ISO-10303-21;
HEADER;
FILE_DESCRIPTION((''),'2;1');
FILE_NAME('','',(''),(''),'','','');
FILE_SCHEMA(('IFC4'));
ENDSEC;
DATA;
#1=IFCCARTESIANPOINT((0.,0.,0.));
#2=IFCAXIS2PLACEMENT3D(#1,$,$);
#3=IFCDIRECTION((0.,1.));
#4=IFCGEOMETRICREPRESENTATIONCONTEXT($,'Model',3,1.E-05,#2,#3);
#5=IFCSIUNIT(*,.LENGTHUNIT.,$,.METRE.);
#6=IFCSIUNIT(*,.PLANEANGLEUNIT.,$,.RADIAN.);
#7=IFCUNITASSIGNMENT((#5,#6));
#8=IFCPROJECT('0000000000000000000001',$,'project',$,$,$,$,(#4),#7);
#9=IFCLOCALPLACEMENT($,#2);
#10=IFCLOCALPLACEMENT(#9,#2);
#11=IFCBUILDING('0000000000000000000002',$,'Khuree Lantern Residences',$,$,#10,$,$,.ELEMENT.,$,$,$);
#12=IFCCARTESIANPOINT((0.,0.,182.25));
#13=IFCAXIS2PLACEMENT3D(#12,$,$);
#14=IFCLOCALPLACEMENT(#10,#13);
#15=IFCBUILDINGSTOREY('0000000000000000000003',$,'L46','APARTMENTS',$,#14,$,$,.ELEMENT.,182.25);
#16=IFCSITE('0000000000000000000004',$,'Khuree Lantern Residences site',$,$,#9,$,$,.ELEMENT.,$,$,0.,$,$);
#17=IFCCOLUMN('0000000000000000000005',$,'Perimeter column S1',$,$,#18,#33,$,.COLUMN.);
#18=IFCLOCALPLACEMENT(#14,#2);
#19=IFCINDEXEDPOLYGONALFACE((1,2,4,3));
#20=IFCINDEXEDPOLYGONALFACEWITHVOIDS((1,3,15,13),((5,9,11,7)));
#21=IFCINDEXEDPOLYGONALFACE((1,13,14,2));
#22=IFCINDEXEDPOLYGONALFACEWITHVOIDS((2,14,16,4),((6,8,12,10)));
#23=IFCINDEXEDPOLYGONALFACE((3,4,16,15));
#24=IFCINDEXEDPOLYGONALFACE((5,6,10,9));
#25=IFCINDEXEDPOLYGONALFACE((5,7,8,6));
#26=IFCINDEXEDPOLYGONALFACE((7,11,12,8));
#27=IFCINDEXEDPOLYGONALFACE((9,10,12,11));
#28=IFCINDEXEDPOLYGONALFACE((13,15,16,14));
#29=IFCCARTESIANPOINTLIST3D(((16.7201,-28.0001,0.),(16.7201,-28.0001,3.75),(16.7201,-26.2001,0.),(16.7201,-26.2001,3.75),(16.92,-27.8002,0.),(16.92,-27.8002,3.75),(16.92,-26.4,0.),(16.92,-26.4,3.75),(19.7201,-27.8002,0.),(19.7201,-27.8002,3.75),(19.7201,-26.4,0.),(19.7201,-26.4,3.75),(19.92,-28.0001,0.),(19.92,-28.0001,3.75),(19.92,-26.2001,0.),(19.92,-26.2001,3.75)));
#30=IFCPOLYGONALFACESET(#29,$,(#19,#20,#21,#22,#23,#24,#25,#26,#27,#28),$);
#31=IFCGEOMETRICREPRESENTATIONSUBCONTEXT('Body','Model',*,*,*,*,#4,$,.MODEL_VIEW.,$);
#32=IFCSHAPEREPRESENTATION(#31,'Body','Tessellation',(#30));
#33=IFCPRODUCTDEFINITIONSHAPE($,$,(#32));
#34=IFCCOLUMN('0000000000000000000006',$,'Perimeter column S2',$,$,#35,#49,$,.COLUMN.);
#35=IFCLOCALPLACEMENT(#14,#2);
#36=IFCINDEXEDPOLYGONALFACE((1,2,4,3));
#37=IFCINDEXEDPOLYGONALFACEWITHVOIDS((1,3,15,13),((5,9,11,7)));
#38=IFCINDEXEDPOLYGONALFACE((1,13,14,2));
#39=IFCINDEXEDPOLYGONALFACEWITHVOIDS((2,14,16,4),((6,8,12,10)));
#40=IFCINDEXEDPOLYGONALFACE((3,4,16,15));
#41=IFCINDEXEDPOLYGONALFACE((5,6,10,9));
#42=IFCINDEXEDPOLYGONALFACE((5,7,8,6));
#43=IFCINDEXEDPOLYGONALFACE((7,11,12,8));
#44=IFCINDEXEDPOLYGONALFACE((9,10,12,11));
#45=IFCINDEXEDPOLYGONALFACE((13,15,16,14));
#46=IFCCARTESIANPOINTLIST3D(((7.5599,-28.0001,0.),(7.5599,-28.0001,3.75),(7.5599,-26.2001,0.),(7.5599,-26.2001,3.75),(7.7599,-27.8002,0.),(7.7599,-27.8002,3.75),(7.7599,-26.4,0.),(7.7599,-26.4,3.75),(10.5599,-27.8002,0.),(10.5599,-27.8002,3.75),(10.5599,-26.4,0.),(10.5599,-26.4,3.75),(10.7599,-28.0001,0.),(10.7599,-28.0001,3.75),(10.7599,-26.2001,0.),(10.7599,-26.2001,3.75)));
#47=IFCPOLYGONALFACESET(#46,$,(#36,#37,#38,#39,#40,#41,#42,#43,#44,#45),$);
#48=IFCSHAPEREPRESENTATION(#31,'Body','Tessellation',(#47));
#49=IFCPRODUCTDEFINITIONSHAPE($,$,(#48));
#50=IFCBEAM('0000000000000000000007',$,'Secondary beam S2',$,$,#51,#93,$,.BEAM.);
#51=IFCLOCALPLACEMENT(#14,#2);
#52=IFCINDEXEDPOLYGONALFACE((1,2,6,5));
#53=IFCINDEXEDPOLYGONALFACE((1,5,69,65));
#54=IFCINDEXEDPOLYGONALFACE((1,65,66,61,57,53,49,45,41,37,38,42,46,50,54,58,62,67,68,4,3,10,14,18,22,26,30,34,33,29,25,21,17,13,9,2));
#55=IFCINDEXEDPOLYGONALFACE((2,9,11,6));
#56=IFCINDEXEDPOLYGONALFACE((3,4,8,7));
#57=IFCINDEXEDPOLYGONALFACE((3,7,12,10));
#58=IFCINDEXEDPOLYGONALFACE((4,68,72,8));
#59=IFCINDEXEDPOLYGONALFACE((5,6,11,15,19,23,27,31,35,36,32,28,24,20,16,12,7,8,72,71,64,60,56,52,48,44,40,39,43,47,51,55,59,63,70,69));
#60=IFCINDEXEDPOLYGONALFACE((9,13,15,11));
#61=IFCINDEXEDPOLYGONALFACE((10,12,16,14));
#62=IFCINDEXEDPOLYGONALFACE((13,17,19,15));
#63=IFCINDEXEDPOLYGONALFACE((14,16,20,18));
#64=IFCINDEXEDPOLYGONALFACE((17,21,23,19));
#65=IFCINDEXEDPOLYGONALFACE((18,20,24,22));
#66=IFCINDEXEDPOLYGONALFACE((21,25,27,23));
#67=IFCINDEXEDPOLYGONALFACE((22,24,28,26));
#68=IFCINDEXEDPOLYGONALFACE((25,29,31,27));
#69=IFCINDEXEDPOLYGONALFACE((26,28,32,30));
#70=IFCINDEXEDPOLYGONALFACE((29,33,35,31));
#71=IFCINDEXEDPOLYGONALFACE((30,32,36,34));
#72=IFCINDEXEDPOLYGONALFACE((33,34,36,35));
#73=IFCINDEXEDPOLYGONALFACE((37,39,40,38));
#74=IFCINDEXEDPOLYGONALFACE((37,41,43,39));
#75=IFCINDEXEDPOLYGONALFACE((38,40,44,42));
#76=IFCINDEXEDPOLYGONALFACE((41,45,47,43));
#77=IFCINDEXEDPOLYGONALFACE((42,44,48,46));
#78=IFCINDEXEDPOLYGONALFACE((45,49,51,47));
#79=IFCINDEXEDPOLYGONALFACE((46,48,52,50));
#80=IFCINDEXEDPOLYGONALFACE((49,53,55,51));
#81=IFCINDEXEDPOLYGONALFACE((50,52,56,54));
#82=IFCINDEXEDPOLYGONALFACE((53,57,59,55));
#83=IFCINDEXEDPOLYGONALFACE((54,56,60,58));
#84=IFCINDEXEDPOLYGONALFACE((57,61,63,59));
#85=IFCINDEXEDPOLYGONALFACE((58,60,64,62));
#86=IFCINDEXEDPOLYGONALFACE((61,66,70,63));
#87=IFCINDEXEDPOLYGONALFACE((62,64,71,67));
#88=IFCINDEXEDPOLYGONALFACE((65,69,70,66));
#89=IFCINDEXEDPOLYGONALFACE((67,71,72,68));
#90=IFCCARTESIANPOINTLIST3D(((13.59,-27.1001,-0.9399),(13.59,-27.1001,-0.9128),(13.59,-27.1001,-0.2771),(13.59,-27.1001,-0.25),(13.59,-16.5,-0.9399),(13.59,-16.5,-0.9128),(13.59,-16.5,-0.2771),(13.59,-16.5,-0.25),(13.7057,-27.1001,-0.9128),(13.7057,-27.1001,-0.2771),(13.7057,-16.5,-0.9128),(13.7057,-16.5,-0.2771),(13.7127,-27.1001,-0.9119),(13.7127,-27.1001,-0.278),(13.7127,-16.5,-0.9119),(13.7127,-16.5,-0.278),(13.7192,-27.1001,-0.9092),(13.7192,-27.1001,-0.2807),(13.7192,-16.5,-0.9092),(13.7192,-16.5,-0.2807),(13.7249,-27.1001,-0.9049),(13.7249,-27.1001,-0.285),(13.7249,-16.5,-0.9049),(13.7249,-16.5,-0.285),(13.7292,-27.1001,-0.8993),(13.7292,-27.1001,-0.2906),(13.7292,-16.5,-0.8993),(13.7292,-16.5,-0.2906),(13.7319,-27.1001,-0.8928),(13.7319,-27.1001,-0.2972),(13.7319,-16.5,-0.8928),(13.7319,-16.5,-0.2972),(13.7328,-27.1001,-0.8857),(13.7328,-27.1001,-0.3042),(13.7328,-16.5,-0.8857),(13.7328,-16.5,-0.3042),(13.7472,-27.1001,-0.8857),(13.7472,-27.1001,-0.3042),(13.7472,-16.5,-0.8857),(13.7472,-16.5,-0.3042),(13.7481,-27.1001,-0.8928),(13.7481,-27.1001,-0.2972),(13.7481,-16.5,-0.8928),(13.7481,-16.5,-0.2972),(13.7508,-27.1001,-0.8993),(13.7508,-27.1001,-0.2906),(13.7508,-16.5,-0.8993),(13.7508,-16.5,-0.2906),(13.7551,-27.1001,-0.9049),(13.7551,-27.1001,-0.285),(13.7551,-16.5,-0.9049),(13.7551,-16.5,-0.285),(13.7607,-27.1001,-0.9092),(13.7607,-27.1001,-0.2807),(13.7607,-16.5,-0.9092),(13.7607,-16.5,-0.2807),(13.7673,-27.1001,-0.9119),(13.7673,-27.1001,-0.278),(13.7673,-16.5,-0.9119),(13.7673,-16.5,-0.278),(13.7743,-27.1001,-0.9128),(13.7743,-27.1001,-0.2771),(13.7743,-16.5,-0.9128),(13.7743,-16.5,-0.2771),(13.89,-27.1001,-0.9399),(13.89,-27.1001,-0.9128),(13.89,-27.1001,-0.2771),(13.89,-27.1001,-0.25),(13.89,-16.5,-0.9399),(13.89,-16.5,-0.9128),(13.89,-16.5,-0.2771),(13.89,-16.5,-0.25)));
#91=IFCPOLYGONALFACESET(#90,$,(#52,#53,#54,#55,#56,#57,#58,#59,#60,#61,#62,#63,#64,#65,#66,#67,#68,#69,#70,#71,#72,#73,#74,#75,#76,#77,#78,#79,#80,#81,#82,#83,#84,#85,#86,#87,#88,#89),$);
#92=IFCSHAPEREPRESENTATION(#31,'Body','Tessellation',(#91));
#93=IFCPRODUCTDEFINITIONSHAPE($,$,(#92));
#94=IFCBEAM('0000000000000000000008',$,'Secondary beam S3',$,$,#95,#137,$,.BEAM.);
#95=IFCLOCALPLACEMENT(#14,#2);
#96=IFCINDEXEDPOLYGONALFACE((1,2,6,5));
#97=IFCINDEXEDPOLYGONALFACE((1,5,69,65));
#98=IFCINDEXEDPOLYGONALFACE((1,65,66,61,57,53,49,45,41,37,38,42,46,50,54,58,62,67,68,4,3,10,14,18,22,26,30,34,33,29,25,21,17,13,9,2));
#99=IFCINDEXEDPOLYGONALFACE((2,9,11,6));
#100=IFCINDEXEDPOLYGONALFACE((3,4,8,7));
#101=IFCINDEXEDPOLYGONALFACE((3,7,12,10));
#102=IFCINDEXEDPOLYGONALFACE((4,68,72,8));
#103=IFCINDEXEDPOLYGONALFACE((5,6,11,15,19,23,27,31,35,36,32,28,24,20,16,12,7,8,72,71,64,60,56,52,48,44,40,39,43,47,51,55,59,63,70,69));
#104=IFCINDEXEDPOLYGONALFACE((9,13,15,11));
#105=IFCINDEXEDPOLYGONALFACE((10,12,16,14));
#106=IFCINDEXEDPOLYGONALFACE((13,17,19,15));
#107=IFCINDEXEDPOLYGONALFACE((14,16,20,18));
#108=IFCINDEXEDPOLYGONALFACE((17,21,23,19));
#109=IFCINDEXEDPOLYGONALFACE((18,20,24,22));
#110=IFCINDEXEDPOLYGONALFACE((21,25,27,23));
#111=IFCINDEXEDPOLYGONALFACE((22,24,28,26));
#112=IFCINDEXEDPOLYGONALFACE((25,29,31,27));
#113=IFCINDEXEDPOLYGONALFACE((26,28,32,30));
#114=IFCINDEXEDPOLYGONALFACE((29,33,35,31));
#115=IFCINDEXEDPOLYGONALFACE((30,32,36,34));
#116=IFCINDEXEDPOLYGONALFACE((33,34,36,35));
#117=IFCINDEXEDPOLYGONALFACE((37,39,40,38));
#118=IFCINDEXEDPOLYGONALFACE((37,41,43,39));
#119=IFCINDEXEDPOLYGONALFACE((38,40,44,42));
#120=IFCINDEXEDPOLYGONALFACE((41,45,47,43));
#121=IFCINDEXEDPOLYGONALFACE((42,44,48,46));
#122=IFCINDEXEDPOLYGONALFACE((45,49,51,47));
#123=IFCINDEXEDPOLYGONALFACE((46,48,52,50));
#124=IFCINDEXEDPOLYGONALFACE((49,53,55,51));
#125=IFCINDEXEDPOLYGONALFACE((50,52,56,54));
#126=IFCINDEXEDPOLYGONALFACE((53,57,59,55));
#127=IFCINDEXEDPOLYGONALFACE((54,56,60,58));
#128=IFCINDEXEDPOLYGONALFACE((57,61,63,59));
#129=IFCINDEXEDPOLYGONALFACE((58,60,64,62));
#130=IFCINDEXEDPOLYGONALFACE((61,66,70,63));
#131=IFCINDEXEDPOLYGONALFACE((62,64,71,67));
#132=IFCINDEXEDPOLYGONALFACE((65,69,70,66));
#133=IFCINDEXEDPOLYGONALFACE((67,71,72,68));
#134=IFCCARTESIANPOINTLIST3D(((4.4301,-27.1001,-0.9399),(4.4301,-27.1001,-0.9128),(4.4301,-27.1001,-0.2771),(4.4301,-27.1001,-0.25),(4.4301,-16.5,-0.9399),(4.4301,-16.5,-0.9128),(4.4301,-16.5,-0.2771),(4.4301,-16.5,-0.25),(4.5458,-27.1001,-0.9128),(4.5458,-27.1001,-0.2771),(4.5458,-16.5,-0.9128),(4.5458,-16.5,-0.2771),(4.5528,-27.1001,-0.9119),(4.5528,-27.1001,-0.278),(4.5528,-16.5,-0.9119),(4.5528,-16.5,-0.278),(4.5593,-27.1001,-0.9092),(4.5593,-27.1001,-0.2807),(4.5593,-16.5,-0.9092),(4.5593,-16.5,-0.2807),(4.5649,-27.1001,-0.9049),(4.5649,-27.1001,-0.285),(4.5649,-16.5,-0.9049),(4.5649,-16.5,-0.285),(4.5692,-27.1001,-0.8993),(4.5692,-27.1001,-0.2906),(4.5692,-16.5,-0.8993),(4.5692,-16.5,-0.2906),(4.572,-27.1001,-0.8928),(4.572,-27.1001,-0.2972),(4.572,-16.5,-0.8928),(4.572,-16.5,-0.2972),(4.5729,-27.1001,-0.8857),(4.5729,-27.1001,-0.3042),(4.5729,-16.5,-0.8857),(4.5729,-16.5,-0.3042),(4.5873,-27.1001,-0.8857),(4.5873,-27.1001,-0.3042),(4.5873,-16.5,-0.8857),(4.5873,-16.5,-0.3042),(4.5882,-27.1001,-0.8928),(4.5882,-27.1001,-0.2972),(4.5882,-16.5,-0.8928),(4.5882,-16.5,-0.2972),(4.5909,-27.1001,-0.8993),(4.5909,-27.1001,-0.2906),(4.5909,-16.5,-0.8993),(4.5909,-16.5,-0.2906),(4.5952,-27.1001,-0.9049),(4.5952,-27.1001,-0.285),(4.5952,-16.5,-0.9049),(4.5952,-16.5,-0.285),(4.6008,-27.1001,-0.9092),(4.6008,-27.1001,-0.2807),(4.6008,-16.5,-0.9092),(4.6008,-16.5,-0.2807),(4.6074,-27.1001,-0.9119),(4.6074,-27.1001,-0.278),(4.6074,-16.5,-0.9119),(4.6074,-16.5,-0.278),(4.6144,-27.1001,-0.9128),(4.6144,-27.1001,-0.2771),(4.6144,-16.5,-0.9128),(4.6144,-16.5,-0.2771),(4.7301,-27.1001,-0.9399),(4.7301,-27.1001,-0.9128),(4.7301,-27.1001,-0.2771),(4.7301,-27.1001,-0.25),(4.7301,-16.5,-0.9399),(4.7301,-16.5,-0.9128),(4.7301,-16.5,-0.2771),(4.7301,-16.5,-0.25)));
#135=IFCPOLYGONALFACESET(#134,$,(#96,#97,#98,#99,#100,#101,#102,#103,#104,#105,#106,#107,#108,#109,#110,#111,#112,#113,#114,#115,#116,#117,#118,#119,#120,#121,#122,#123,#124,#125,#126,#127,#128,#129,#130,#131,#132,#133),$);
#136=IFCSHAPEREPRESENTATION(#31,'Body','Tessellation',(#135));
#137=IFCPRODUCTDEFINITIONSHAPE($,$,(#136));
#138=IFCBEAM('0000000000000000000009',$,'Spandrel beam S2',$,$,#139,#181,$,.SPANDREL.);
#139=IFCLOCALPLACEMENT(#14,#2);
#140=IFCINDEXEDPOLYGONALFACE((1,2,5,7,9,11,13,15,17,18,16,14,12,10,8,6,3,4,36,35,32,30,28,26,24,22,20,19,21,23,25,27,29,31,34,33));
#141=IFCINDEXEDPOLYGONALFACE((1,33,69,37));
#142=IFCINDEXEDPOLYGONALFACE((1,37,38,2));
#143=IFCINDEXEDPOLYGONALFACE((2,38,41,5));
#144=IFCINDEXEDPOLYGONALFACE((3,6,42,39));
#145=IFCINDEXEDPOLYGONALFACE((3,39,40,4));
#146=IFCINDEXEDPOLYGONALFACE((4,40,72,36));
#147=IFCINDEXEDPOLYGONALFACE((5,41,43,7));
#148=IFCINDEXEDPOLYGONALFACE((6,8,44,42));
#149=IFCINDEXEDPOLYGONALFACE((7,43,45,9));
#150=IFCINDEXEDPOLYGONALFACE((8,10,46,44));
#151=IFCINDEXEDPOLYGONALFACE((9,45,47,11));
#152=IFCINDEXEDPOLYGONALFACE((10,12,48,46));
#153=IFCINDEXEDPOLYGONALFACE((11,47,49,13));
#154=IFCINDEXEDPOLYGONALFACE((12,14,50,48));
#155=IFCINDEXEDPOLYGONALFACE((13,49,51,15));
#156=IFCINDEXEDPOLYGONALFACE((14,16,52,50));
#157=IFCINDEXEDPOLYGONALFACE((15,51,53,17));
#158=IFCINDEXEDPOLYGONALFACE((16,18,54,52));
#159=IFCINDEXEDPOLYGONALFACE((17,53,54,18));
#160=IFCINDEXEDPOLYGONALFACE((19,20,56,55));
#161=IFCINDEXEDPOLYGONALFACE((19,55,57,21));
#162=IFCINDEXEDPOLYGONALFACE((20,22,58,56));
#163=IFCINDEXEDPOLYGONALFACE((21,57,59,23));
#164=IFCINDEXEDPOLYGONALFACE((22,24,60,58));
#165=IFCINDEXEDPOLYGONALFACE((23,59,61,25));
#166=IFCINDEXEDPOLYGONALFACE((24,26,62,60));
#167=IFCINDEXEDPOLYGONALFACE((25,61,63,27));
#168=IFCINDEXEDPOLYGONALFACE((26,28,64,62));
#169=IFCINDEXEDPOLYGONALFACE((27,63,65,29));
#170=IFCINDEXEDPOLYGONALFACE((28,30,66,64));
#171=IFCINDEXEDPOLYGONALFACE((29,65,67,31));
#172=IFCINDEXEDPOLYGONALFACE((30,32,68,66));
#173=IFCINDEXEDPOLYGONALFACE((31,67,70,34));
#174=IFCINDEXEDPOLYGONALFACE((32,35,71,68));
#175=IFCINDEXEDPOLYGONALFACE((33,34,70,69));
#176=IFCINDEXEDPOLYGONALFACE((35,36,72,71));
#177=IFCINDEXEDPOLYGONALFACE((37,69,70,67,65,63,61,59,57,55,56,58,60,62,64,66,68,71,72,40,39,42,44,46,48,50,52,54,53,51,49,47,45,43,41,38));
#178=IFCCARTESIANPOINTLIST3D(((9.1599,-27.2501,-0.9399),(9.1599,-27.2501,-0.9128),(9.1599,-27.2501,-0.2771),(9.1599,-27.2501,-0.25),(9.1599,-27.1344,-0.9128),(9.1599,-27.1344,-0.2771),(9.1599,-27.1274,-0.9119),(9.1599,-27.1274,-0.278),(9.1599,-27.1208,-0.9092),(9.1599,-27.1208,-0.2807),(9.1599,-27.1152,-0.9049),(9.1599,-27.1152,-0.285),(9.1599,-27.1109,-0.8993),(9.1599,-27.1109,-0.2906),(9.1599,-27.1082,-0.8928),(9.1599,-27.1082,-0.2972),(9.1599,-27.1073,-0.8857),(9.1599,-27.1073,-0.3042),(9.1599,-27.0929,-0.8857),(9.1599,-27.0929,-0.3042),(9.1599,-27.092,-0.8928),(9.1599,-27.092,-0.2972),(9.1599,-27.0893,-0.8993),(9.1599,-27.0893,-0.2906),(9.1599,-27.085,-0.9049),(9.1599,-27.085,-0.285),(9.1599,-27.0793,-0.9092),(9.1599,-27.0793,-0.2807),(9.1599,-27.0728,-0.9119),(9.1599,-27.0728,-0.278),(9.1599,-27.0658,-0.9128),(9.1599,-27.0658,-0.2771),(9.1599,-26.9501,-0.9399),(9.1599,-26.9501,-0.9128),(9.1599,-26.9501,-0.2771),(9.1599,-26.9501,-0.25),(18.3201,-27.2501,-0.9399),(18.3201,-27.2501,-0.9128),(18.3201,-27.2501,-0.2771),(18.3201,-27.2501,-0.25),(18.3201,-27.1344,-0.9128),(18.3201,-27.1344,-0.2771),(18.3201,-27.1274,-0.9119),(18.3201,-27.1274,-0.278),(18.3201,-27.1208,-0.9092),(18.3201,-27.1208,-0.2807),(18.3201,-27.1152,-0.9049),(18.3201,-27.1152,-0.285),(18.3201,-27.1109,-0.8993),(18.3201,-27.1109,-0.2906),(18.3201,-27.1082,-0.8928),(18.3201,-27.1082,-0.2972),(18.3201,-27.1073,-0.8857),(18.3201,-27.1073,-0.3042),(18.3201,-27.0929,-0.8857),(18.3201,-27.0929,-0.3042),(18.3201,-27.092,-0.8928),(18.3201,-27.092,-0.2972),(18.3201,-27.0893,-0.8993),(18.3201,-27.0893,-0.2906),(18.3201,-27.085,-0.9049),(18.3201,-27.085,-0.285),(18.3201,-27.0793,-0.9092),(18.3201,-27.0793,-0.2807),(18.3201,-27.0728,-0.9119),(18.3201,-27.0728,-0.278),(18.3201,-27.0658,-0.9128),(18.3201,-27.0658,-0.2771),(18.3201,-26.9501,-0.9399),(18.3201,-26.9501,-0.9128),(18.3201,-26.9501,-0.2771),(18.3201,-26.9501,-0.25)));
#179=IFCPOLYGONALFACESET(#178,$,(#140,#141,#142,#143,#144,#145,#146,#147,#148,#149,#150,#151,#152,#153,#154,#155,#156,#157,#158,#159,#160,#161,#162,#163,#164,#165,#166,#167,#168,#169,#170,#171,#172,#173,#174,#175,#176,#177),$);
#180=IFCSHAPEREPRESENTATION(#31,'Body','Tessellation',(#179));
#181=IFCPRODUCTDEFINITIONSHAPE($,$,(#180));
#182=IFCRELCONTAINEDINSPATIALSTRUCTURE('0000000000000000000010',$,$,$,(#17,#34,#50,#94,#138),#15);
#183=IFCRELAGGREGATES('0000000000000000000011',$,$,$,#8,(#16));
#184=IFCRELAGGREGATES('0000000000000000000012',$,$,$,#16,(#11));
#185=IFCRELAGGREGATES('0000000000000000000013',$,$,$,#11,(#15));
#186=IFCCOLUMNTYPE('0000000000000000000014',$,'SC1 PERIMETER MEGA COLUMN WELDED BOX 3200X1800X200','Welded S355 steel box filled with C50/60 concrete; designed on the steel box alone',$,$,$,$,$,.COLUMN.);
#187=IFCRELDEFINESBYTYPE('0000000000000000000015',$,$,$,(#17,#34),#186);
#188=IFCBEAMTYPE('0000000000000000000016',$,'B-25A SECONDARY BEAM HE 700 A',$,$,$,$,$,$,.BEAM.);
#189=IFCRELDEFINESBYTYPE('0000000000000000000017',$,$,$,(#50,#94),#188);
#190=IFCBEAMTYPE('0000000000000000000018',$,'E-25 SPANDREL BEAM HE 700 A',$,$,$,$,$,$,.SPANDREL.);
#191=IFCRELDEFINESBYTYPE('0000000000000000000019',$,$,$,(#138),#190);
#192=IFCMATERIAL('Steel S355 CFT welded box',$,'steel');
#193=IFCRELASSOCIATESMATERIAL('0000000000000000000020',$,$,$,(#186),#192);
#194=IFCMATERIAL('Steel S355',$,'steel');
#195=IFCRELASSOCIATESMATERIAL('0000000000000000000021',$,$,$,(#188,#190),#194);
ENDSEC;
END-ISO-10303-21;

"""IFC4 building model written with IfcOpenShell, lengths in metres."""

from ifc_helpers import new_model, si_unit, direction, frame, origin, origin_2d, place, context, subcontext, project, spatial, hollow_rectangle, i_section, extrude, material, material_profile, profile_set, type_object, element, save


model = new_model("IFC4")

# Units and contexts
model_context = context("Model", 3, precision=1e-05, world=origin(), true_north=direction((0.0, 1.0)))
body_context = subcontext(model_context, "Body", "Model", "MODEL_VIEW")
ifc_project = project(units=[si_unit("LENGTHUNIT", "METRE"), si_unit("PLANEANGLEUNIT", "RADIAN")], contexts=[model_context])

# Site, building, storey
site_placement = place(None, origin())
site = spatial("IfcSite", under=ifc_project, at=site_placement, Name="Khuree Lantern Residences site", CompositionType="ELEMENT", RefElevation=0.0)
building_placement = place(site_placement, origin())
building = spatial("IfcBuilding", under=site, at=building_placement, Name="Khuree Lantern Residences", CompositionType="ELEMENT")
storey_placement = place(building_placement, frame((0.0, 0.0, 182.25)))
storey = spatial("IfcBuildingStorey", under=building, at=storey_placement, Name="L46", Description="APARTMENTS", CompositionType="ELEMENT", Elevation=182.25)

# Columns
ifc_material_1 = material(Name="Steel S355 CFT welded box", Category="steel")
ifc_material_profile_1 = material_profile(ifc_material_1, hollow_rectangle(XDim=3.2, YDim=1.8, WallThickness=0.2, at=origin_2d()), Name="WELDED BOX 3200X1800X200")
ifc_profile_set_1 = profile_set([ifc_material_profile_1], Name="Steel S355 CFT welded box")
column_type = type_object("IfcColumnType", Name="SC1 PERIMETER MEGA COLUMN WELDED BOX 3200X1800X200", Description="Welded S355 steel box filled with C50/60 concrete; designed on the steel box alone", PredefinedType="COLUMN", material=ifc_profile_set_1)
for number, where, z_axis, x_axis, name in (
    (1, (18.3201, -27.1001, 0.0), (0.0, 0.0, 1.0), (1.0, 0.0, 0.0), "Perimeter column S1"),
    (2, (9.1599, -27.1001, 0.0), (0.0, 0.0, 1.0), (1.0, 0.0, 0.0), "Perimeter column S2"),
):
    element("IfcColumn", number, at=place(storey_placement, frame(where, z_axis=z_axis, x_axis=x_axis)), inside=storey, type_object=column_type, Name=name, PredefinedType="COLUMN", context=body_context, shape_type="SweptSolid", body=[
        extrude(hollow_rectangle(XDim=3.2, YDim=1.8, WallThickness=0.2, at=origin_2d()), origin(), (0.0, 0.0, 1.0), 3.75),
    ])

# Beams
ifc_material_2 = material(Name="Steel S355", Category="steel")
ifc_material_profile_2 = material_profile(ifc_material_2, i_section(OverallWidth=0.3, OverallDepth=0.6899, WebThickness=0.0144, FlangeThickness=0.0271, FilletRadius=0.0271, at=origin_2d()), Name="HE 700 A")
ifc_profile_set_2 = profile_set([ifc_material_profile_2], Name="Steel S355")
beam_type_1 = type_object("IfcBeamType", Name="B-25A SECONDARY BEAM HE 700 A", PredefinedType="BEAM", material=ifc_profile_set_2)
for number, where, z_axis, x_axis, name in (
    (3, (13.74, -27.1001, -0.595), (0.0, 1.0, 0.0), (-1.0, 0.0, 0.0), "Secondary beam S2"),
    (4, (4.5801, -27.1001, -0.595), (0.0, 1.0, 0.0), (-1.0, 0.0, 0.0), "Secondary beam S3"),
):
    element("IfcBeam", number, at=place(storey_placement, frame(where, z_axis=z_axis, x_axis=x_axis)), inside=storey, type_object=beam_type_1, Name=name, PredefinedType="BEAM", context=body_context, shape_type="SweptSolid", body=[
        extrude(i_section(OverallWidth=0.3, OverallDepth=0.6899, WebThickness=0.0144, FlangeThickness=0.0271, FilletRadius=0.0271, at=origin_2d()), origin(), (0.0, 0.0, 1.0), 10.6001),
    ])
ifc_material_profile_3 = material_profile(ifc_material_2, i_section(OverallWidth=0.3, OverallDepth=0.6899, WebThickness=0.0144, FlangeThickness=0.0271, FilletRadius=0.0271, at=origin_2d()), Name="HE 700 A")
ifc_profile_set_3 = profile_set([ifc_material_profile_3], Name="Steel S355")
beam_type_2 = type_object("IfcBeamType", Name="E-25 SPANDREL BEAM HE 700 A", PredefinedType="SPANDREL", material=ifc_profile_set_3)
beam_1_placement = place(storey_placement, frame((18.3201, -27.1001, -0.595), z_axis=(-1.0, 0.0, 0.0), x_axis=(0.0, -1.0, 0.0)))
element("IfcBeam", 5, at=beam_1_placement, inside=storey, type_object=beam_type_2, Name="Spandrel beam S2", PredefinedType="SPANDREL", context=body_context, shape_type="SweptSolid", body=[
    extrude(i_section(OverallWidth=0.3, OverallDepth=0.6899, WebThickness=0.0144, FlangeThickness=0.0271, FilletRadius=0.0271, at=origin_2d()), origin(), (0.0, 0.0, 1.0), 9.1602),
])

save(model, "model.ifc")
